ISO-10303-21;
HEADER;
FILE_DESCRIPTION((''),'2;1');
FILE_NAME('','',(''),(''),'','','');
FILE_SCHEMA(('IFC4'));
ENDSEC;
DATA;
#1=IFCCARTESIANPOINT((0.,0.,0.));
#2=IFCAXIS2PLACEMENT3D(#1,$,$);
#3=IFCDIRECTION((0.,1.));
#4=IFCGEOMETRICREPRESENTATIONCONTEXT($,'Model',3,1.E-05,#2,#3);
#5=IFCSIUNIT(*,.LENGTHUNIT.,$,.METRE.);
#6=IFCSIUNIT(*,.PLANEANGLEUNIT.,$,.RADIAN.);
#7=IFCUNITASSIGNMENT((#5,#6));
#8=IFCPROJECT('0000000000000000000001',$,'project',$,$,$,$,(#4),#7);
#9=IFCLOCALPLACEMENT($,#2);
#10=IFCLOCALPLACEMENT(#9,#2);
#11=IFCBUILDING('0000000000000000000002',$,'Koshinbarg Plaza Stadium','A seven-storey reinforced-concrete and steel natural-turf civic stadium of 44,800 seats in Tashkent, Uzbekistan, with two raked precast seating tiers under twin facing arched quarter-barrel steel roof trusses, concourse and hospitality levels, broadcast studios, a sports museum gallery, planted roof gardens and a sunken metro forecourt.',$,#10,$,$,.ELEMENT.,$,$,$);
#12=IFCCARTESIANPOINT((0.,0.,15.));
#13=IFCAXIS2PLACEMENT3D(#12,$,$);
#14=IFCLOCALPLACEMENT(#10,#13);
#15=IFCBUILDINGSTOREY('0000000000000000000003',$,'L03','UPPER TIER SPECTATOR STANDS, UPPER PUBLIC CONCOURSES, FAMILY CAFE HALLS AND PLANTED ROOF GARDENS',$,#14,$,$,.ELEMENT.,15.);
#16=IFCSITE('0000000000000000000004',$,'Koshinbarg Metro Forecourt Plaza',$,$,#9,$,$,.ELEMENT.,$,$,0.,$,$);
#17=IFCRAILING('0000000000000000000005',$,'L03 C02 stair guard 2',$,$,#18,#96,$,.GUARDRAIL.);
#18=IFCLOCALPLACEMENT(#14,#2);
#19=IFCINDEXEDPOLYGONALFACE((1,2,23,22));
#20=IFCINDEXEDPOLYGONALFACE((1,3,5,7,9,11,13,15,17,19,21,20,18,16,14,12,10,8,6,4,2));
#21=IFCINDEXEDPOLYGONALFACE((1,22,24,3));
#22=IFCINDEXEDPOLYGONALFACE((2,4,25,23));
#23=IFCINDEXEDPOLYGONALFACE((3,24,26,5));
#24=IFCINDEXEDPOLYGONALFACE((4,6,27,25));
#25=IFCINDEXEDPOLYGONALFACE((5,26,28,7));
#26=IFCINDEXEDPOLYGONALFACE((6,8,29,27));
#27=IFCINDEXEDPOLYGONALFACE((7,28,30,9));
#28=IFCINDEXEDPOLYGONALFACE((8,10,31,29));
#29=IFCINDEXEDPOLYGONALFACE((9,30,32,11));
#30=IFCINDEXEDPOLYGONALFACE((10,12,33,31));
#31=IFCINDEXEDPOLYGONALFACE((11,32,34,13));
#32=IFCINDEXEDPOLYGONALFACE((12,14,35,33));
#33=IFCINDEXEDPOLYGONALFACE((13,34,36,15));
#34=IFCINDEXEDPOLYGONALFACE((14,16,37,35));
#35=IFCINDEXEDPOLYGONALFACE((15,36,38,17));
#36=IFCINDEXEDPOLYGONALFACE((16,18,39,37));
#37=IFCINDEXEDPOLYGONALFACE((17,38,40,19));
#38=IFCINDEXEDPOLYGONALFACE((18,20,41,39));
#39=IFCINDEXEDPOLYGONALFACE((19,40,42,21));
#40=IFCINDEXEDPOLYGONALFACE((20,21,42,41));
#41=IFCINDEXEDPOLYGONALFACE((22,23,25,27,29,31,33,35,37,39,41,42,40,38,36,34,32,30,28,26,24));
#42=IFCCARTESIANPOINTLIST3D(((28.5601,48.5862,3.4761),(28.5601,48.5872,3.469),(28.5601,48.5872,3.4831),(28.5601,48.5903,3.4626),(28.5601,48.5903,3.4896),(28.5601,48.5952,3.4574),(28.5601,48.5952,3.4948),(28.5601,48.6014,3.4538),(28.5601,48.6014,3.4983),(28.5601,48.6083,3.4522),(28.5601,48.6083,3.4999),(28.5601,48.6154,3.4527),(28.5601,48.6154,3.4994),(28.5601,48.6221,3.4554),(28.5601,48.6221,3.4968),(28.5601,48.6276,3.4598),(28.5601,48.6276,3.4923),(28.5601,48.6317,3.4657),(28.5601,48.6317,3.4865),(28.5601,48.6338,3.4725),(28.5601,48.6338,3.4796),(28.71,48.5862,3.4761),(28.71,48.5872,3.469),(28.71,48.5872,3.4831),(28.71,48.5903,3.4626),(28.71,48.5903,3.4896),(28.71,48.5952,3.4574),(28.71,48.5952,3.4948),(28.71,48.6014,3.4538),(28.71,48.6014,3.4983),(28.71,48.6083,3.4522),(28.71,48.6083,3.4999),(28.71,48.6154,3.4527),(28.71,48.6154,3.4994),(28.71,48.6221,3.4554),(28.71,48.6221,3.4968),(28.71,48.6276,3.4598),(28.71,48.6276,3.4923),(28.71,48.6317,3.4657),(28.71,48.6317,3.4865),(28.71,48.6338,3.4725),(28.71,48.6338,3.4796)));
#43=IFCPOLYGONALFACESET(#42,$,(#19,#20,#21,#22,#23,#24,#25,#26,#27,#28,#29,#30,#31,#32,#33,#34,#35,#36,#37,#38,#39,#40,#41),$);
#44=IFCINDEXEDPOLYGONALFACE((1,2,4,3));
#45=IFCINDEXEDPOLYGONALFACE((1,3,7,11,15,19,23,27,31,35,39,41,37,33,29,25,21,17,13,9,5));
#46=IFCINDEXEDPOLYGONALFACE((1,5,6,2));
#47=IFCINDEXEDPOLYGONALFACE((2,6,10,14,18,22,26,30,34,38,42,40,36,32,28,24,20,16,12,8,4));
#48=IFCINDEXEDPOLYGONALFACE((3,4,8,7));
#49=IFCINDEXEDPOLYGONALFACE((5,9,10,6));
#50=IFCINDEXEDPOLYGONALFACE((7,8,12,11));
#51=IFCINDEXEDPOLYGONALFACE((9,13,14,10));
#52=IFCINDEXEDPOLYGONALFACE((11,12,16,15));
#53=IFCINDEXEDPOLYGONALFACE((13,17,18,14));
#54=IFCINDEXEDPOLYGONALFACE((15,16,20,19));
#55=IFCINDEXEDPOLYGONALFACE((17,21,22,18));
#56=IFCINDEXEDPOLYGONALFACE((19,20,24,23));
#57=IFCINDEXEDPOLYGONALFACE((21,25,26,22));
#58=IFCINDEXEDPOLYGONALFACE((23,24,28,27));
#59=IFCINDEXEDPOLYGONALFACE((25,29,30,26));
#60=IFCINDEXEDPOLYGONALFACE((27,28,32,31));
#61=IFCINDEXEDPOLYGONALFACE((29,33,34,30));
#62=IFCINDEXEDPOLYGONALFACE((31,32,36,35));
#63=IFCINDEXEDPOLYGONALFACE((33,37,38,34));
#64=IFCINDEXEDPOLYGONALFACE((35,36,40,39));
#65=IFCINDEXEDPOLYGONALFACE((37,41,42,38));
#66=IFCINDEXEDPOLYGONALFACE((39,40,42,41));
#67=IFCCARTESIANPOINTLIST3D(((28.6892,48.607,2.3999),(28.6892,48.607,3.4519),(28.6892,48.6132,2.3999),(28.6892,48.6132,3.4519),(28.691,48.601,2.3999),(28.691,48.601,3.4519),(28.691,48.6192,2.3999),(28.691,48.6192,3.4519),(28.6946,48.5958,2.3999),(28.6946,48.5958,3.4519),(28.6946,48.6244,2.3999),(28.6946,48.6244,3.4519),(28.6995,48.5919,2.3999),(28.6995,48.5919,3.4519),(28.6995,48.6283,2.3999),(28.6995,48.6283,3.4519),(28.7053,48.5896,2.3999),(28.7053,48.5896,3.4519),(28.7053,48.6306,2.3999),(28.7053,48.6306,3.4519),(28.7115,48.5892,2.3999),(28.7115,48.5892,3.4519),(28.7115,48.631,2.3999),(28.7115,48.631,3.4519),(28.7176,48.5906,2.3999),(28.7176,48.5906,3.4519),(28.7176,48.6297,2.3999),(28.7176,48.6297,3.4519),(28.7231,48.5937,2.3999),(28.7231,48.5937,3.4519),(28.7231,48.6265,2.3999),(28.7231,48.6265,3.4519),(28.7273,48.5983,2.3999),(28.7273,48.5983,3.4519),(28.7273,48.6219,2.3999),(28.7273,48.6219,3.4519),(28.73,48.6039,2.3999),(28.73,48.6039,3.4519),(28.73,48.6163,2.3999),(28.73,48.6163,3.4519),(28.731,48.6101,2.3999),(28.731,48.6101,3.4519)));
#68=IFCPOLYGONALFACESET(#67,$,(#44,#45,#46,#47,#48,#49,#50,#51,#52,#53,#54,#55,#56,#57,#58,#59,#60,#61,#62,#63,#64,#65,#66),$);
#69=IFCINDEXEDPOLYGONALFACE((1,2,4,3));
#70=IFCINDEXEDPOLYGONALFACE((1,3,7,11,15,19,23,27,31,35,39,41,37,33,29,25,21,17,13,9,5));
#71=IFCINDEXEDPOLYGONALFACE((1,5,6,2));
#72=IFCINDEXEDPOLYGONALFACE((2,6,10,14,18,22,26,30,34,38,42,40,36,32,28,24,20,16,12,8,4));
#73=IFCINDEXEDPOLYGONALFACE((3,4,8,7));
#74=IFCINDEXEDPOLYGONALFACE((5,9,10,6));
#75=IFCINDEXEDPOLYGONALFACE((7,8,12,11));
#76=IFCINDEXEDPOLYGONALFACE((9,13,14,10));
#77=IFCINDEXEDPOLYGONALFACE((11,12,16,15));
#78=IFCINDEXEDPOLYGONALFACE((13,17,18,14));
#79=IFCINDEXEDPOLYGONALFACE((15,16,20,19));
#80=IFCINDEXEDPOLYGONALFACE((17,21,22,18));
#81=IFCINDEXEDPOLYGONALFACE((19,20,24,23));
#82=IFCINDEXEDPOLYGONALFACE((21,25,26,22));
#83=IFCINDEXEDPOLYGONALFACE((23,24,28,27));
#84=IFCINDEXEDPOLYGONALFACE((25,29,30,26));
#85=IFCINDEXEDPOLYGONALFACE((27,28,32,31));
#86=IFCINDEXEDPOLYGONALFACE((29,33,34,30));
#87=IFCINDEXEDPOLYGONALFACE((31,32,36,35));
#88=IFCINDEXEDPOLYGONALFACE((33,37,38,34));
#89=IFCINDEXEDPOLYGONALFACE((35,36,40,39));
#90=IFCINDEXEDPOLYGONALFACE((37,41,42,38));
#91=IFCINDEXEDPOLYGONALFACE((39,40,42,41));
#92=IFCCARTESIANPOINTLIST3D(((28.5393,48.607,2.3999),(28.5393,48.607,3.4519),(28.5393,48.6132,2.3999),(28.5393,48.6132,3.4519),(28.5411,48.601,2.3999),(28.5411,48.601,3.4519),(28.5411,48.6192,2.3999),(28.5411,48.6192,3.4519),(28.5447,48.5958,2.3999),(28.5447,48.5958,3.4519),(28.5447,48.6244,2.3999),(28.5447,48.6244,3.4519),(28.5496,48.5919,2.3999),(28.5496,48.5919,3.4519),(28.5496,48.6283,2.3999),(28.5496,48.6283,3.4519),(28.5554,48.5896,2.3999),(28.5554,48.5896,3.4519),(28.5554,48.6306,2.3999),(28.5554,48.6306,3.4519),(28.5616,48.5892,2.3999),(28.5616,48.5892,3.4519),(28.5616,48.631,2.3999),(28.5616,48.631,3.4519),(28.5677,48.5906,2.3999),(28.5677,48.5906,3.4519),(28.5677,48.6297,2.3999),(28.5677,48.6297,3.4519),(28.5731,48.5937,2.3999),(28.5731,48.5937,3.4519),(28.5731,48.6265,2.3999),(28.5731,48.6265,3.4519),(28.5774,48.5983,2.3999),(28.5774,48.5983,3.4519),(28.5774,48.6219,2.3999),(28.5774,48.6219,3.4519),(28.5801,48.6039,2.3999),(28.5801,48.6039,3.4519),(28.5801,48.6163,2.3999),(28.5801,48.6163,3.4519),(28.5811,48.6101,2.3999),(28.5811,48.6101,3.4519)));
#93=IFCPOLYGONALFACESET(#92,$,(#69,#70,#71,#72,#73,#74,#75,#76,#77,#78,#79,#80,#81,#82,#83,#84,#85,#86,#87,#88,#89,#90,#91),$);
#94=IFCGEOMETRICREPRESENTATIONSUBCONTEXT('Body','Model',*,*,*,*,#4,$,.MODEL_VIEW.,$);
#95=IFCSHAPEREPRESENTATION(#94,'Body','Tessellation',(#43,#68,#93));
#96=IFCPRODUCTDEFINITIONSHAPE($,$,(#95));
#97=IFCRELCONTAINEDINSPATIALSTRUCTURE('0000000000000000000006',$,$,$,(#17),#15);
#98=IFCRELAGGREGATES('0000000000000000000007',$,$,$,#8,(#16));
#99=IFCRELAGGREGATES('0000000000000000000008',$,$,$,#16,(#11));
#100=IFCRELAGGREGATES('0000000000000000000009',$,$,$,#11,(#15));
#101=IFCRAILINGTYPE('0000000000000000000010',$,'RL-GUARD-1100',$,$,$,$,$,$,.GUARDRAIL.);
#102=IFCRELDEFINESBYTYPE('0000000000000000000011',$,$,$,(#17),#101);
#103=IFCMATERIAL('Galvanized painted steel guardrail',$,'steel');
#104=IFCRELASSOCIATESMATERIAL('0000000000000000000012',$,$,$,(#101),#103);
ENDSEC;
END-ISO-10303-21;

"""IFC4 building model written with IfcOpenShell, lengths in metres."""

from ifc_helpers import new_model, si_unit, direction, frame, origin, origin_2d, place, context, subcontext, project, spatial, circle, extrude, material, type_object, element, save


model = new_model("IFC4")

# Units and contexts
model_context = context("Model", 3, precision=1e-05, world=origin(), true_north=direction((0.0, 1.0)))
body_context = subcontext(model_context, "Body", "Model", "MODEL_VIEW")
ifc_project = project(units=[si_unit("LENGTHUNIT", "METRE"), si_unit("PLANEANGLEUNIT", "RADIAN")], contexts=[model_context])

# Site, building, storey
site_placement = place(None, origin())
site = spatial("IfcSite", under=ifc_project, at=site_placement, Name="Koshinbarg Metro Forecourt Plaza", CompositionType="ELEMENT", RefElevation=0.0)
building_placement = place(site_placement, origin())
building = spatial("IfcBuilding", under=site, at=building_placement, Name="Koshinbarg Plaza Stadium", Description="A seven-storey reinforced-concrete and steel natural-turf civic stadium of 44,800 seats in Tashkent, Uzbekistan, with two raked precast seating tiers under twin facing arched quarter-barrel steel roof trusses, concourse and hospitality levels, broadcast studios, a sports museum gallery, planted roof gardens and a sunken metro forecourt.", CompositionType="ELEMENT")
storey_placement = place(building_placement, frame((0.0, 0.0, 15.0)))
storey = spatial("IfcBuildingStorey", under=building, at=storey_placement, Name="L03", Description="UPPER TIER SPECTATOR STANDS, UPPER PUBLIC CONCOURSES, FAMILY CAFE HALLS AND PLANTED ROOF GARDENS", CompositionType="ELEMENT", Elevation=15.0)

# Railing
ifc_material_1 = material(Name="Galvanized painted steel guardrail", Category="steel")
railing_type_1 = type_object("IfcRailingType", Name="RL-GUARD-1100", PredefinedType="GUARDRAIL", material=ifc_material_1)
railing_1_placement = place(storey_placement, frame((28.71, 48.6101, 2.3999)))
element("IfcRailing", 1, at=railing_1_placement, inside=storey, type_object=railing_type_1, Name="L03 C02 stair guard 2", PredefinedType="GUARDRAIL", context=body_context, shape_type="SweptSolid", body=[
    extrude(circle(Radius=0.0239, at=origin_2d()), frame((0.0, 0.0, 1.0762), z_axis=(-1.0, 0.0, 0.0), x_axis=(0.0, -1.0, 0.0)), (0.0, 0.0, 1.0), 0.1499),
    extrude(circle(Radius=0.021, at=origin_2d()), origin(), (0.0, 0.0, 1.0), 1.052),
    extrude(circle(Radius=0.021, at=origin_2d()), frame((-0.1499, 0.0, 0.0)), (0.0, 0.0, 1.0), 1.052),
])

save(model, "model.ifc")
